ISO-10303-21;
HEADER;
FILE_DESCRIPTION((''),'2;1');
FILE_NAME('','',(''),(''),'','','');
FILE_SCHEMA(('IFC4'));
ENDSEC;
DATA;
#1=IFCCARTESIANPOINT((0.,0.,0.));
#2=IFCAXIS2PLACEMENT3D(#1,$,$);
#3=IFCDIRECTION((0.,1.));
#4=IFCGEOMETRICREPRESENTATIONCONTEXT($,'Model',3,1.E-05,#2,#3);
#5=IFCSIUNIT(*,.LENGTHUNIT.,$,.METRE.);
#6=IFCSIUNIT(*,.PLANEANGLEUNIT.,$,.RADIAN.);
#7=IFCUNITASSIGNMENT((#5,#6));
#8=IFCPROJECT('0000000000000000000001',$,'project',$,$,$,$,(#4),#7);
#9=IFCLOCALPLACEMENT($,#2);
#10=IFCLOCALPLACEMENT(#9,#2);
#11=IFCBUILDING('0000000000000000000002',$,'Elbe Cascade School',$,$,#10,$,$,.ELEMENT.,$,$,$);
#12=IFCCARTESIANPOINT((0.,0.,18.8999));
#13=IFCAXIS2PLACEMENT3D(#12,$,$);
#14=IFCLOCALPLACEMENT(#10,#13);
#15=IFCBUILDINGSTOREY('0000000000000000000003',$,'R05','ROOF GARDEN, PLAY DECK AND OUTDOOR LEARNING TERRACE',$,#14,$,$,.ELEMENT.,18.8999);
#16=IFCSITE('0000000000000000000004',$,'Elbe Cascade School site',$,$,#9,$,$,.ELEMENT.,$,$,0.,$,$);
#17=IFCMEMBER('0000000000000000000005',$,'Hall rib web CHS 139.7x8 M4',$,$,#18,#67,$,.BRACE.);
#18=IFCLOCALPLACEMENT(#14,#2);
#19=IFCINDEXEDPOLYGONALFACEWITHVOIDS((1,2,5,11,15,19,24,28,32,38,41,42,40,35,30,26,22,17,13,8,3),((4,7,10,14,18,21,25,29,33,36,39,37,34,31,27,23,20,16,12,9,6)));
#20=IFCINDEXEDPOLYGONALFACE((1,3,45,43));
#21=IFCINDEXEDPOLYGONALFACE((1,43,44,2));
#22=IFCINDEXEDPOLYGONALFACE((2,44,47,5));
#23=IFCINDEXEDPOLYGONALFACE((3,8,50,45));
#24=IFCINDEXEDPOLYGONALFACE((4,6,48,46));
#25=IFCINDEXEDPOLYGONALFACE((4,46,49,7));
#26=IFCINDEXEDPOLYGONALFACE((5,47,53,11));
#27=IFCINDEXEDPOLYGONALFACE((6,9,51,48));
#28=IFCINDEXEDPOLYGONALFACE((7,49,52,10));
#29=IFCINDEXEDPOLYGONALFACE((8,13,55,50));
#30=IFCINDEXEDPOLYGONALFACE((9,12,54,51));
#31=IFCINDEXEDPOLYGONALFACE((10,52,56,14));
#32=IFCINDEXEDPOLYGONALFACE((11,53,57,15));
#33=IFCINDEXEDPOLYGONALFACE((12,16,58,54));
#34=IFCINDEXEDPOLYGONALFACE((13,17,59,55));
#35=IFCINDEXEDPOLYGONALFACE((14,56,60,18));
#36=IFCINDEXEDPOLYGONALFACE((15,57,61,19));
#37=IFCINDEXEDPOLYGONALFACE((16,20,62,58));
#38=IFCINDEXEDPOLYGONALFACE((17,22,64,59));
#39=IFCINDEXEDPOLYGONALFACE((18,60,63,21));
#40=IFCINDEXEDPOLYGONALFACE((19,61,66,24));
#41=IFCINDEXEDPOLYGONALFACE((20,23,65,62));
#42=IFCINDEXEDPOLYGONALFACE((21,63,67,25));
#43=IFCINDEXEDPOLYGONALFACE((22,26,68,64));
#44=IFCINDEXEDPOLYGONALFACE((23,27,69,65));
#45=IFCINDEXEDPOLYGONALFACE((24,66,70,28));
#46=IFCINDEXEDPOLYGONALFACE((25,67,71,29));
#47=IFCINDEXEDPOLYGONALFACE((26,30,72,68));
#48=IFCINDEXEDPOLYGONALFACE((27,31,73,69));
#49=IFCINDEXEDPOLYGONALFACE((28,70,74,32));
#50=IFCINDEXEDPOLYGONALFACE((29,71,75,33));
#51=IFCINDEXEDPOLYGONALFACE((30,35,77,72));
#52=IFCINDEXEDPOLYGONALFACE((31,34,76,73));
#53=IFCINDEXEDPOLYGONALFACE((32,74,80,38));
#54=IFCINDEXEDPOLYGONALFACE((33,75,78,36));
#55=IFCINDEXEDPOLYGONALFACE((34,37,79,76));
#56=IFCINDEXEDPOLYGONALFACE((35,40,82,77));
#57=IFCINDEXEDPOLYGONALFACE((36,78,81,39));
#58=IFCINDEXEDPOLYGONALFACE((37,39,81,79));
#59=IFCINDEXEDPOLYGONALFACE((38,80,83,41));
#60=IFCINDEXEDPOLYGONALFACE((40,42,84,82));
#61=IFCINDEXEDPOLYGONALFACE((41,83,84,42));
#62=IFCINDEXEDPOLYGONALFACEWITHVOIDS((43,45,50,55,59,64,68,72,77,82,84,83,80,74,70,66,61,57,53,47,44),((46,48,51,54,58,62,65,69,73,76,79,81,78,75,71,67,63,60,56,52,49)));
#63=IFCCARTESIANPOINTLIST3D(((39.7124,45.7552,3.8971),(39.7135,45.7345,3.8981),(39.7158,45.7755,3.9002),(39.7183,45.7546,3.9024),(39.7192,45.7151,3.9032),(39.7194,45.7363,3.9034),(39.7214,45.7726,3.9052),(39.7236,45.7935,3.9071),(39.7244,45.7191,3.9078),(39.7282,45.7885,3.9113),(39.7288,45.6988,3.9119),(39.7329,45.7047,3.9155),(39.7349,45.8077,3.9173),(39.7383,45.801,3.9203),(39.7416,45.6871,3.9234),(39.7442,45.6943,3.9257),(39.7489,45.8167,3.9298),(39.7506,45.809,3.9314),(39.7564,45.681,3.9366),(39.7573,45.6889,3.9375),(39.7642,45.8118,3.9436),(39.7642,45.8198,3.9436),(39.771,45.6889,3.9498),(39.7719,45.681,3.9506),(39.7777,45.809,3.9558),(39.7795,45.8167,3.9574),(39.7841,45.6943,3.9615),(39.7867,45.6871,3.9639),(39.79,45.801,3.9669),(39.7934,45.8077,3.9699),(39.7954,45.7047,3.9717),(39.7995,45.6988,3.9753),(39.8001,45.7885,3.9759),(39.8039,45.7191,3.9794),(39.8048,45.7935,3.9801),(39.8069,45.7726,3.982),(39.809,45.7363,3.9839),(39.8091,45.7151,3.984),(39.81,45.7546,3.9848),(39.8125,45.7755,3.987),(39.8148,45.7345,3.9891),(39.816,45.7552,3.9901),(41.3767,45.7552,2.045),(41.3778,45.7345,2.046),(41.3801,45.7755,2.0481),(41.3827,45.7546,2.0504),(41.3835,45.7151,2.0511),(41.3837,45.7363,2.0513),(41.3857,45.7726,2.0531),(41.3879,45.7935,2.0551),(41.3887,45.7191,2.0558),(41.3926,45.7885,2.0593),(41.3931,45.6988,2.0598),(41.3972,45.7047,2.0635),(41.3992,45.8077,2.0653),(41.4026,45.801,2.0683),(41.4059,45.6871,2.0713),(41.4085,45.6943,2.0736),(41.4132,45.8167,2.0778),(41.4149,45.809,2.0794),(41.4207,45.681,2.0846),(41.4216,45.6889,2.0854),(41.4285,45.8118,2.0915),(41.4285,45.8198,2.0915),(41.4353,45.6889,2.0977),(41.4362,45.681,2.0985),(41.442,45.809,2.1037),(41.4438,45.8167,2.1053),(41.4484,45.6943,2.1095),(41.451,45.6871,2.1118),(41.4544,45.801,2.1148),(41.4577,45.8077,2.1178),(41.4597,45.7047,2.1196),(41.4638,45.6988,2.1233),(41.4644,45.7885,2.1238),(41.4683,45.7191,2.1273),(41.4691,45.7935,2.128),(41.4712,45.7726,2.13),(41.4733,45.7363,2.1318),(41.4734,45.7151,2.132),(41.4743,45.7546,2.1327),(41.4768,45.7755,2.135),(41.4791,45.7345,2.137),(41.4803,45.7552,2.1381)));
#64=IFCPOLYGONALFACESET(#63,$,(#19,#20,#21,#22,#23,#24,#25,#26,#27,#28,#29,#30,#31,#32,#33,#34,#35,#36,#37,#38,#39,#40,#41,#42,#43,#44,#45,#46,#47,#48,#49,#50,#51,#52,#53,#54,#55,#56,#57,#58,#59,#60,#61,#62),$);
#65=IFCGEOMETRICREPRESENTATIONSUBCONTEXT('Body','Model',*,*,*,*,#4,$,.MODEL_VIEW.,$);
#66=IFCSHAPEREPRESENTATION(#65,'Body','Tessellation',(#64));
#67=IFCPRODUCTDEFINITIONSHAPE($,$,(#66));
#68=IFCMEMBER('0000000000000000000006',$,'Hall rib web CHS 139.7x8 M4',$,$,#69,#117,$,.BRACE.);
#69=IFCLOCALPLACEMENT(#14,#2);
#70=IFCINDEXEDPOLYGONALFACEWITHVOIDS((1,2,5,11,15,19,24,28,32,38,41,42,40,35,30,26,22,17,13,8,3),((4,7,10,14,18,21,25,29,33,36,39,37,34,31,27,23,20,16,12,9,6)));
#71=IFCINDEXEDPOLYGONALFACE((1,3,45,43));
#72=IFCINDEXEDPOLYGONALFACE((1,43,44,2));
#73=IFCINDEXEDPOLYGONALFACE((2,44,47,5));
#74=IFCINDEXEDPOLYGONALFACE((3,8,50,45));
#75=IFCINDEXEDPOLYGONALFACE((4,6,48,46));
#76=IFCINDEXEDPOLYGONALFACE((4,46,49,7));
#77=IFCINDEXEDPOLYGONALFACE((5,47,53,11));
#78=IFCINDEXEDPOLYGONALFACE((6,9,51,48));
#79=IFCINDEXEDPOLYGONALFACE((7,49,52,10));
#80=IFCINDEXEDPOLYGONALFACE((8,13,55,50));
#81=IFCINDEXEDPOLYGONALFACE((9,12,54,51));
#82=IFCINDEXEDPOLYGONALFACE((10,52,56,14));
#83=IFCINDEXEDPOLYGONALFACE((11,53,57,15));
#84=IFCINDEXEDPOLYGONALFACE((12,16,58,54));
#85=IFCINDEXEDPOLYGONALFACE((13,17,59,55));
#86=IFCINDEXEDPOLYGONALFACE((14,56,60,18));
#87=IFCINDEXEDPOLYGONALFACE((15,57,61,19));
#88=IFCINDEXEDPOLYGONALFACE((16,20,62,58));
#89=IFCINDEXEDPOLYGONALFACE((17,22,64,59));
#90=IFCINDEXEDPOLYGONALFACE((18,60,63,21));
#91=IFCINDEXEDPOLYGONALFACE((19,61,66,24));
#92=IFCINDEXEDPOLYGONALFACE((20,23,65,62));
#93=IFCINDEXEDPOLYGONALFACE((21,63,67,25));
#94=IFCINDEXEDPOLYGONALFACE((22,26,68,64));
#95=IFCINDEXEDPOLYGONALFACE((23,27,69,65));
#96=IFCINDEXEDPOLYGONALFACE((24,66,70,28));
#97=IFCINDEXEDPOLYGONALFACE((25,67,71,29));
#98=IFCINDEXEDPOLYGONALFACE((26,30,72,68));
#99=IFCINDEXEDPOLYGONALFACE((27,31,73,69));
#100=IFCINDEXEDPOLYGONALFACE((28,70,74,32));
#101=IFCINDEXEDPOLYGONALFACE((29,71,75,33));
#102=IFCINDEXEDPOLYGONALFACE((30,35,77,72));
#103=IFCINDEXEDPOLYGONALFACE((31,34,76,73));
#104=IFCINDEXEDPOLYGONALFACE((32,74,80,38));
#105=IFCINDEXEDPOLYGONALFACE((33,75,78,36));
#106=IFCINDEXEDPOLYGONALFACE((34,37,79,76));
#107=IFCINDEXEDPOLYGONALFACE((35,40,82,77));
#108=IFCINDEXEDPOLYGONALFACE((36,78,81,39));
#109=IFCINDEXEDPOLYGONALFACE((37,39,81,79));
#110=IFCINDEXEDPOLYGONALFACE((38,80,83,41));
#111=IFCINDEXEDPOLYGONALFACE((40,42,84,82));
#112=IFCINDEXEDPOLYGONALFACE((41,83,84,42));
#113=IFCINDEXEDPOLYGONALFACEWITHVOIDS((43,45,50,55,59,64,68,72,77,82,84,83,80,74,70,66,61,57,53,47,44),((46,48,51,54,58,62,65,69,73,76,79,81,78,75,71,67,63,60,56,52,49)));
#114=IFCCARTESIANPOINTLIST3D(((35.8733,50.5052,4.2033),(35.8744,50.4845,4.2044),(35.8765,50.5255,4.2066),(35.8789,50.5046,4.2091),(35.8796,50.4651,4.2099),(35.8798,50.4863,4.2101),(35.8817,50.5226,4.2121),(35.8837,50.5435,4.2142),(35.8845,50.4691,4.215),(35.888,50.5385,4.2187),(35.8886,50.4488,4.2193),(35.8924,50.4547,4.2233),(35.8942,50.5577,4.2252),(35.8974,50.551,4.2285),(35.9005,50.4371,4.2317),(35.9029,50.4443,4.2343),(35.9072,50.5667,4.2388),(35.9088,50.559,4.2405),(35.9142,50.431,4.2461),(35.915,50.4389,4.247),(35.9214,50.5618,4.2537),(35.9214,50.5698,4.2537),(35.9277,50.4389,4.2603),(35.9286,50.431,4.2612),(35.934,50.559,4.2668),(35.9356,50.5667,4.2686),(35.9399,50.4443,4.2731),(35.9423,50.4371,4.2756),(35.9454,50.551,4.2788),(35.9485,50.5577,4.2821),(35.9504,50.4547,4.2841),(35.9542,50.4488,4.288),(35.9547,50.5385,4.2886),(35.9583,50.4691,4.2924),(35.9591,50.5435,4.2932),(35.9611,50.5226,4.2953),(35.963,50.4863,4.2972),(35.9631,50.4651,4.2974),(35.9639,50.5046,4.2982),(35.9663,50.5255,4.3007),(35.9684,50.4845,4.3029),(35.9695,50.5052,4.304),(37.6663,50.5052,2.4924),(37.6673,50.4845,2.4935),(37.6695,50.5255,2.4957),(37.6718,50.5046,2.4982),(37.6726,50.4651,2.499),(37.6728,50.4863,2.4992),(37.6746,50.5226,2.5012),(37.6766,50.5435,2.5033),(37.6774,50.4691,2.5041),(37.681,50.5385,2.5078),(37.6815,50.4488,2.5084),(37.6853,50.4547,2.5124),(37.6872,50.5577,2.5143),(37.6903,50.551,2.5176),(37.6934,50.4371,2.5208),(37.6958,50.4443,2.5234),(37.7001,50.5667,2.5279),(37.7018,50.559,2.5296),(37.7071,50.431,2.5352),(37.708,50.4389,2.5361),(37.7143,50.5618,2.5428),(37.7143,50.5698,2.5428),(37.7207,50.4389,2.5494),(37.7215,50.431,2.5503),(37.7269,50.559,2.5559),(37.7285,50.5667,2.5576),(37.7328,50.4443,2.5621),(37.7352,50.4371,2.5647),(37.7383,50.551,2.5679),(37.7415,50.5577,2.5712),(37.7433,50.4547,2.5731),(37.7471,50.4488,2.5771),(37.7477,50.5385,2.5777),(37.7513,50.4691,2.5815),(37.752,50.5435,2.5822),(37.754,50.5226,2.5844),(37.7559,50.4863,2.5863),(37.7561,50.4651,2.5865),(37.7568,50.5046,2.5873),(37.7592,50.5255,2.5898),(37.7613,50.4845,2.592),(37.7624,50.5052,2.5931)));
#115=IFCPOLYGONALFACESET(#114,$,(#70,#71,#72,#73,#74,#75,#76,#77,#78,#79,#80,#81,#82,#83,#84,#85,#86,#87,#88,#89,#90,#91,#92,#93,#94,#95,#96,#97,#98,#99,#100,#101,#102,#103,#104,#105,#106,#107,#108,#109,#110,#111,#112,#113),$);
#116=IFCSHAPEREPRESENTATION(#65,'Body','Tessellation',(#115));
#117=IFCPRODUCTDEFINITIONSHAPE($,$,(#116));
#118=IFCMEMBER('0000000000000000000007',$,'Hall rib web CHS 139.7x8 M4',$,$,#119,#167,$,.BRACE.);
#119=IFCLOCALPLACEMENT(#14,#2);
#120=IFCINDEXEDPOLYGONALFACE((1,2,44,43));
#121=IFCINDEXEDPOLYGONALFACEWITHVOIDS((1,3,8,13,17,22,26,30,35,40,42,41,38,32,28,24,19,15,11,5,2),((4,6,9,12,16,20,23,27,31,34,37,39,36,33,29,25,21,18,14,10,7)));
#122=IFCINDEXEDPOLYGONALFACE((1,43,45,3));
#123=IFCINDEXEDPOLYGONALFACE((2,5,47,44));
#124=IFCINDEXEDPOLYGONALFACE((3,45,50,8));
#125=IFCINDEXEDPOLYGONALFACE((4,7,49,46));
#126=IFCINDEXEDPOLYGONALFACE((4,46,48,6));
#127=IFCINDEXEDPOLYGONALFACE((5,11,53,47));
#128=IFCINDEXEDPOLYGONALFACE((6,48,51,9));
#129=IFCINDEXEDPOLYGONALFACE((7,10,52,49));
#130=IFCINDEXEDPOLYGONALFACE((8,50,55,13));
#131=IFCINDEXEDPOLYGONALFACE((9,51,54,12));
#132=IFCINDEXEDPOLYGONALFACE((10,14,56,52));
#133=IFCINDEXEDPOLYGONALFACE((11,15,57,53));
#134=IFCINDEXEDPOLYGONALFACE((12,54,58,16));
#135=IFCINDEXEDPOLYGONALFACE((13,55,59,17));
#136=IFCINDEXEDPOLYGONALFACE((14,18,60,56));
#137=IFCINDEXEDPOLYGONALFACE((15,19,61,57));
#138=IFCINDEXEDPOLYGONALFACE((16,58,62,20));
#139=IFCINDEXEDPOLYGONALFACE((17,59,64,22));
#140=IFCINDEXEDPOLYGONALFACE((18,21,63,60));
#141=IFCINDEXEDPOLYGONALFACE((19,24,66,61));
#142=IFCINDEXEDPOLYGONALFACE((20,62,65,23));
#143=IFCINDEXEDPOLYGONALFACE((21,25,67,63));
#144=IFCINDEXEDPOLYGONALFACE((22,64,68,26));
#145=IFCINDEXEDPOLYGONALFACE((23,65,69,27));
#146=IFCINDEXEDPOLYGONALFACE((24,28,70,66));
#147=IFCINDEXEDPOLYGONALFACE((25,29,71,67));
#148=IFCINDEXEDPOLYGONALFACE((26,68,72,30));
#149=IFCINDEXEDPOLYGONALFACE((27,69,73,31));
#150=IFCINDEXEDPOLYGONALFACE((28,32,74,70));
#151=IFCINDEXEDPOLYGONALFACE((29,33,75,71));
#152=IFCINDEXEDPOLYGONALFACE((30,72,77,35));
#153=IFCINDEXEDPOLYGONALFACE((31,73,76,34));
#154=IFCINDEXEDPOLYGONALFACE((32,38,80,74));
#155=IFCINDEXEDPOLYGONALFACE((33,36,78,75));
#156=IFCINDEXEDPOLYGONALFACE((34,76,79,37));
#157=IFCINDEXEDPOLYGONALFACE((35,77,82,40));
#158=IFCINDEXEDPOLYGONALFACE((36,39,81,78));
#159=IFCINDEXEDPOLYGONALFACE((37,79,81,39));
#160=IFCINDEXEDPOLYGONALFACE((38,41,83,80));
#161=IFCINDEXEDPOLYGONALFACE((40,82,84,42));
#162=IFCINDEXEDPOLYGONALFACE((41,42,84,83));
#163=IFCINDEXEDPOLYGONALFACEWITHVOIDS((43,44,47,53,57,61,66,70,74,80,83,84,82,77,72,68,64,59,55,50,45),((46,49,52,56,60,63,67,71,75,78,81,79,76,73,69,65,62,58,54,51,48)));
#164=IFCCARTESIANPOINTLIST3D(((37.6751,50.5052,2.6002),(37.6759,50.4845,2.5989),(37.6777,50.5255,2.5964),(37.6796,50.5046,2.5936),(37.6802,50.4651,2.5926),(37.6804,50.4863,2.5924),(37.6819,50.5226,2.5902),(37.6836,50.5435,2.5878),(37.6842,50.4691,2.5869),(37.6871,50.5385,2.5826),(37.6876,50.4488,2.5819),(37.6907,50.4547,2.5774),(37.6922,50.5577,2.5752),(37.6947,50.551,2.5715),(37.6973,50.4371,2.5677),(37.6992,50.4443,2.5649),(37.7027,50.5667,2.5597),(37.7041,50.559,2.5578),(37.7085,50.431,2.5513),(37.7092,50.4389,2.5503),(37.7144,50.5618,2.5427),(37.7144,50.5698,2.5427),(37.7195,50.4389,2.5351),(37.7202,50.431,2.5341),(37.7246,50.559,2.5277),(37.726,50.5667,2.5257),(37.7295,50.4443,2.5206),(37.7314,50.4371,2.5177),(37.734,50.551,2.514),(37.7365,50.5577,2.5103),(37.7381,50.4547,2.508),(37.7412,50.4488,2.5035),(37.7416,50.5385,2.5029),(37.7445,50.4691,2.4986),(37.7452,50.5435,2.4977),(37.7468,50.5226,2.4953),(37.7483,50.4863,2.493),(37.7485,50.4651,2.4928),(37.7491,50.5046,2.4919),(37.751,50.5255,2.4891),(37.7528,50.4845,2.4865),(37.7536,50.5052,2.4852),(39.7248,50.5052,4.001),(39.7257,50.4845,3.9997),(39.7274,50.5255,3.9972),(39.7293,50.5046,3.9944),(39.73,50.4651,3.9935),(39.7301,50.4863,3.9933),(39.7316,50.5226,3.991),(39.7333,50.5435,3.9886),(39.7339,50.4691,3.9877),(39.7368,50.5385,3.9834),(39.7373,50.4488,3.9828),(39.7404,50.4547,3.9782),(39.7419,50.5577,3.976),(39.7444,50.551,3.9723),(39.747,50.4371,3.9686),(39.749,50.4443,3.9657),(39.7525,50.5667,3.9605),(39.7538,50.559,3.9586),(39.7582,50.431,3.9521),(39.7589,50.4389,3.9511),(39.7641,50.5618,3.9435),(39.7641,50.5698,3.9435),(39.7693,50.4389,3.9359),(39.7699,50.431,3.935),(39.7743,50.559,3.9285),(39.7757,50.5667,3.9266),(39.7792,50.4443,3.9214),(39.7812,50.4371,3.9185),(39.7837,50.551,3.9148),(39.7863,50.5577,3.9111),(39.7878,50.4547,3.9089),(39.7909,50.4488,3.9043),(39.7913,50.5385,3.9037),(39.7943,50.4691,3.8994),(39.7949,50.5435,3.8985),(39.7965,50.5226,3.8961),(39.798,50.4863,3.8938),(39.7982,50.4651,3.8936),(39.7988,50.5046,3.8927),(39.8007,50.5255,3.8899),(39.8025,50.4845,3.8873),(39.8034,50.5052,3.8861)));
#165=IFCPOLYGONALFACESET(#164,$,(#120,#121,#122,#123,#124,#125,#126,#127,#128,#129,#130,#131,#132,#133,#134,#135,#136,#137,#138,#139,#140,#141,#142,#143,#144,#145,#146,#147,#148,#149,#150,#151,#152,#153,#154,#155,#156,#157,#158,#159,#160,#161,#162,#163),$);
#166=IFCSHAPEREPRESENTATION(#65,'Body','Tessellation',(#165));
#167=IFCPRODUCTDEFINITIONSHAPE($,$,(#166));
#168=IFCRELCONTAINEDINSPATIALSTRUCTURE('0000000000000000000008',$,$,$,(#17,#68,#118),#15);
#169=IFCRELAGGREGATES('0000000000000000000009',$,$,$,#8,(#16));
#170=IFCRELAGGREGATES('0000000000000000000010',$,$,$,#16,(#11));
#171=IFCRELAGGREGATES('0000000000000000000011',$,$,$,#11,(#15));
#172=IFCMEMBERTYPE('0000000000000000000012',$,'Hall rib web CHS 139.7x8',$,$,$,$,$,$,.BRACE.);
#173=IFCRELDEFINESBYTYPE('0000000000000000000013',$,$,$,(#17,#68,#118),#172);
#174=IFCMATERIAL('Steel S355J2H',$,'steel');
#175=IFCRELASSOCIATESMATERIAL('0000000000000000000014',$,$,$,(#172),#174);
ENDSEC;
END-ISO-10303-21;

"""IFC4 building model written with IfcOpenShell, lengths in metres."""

from ifc_helpers import new_model, si_unit, direction, frame, origin, origin_2d, place, context, subcontext, project, spatial, hollow_circle, extrude, material, material_profile, profile_set, type_object, element, save


model = new_model("IFC4")

# Units and contexts
model_context = context("Model", 3, precision=1e-05, world=origin(), true_north=direction((0.0, 1.0)))
body_context = subcontext(model_context, "Body", "Model", "MODEL_VIEW")
ifc_project = project(units=[si_unit("LENGTHUNIT", "METRE"), si_unit("PLANEANGLEUNIT", "RADIAN")], contexts=[model_context])

# Site, building, storey
site_placement = place(None, origin())
site = spatial("IfcSite", under=ifc_project, at=site_placement, Name="Elbe Cascade School site", CompositionType="ELEMENT", RefElevation=0.0)
building_placement = place(site_placement, origin())
building = spatial("IfcBuilding", under=site, at=building_placement, Name="Elbe Cascade School", CompositionType="ELEMENT")
storey_placement = place(building_placement, frame((0.0, 0.0, 18.8999)))
storey = spatial("IfcBuildingStorey", under=building, at=storey_placement, Name="R05", Description="ROOF GARDEN, PLAY DECK AND OUTDOOR LEARNING TERRACE", CompositionType="ELEMENT", Elevation=18.8999)

# Members
ifc_material_1 = material(Name="Steel S355J2H", Category="steel")
ifc_material_profile_1 = material_profile(ifc_material_1, hollow_circle(Radius=0.0698, WallThickness=0.0081, at=origin_2d()), Name="CHS 139.7x8")
ifc_profile_set_1 = profile_set([ifc_material_profile_1], Name="Steel S355J2H")
member_type_1 = type_object("IfcMemberType", Name="Hall rib web CHS 139.7x8", PredefinedType="BRACE", material=ifc_profile_set_1)
member_1_placement = place(storey_placement, frame((39.7642, 45.75, 3.9436), z_axis=(0.668401, 0.0, -0.743801), x_axis=(0.0, 1.0, 0.0)))
element("IfcMember", 1, at=member_1_placement, inside=storey, type_object=member_type_1, Name="Hall rib web CHS 139.7x8 M4", PredefinedType="BRACE", context=body_context, shape_type="SweptSolid", body=[
    extrude(hollow_circle(Radius=0.0698, WallThickness=0.0081, at=origin_2d()), origin(), (0.0, 0.0, 1.0), 2.49),
])
member_2_placement = place(storey_placement, frame((35.9214, 50.5, 4.2537), z_axis=(0.723463, 0.0, -0.690363), x_axis=(0.0, 1.0, 0.0)))
element("IfcMember", 2, at=member_2_placement, inside=storey, type_object=member_type_1, Name="Hall rib web CHS 139.7x8 M4", PredefinedType="BRACE", context=body_context, shape_type="SweptSolid", body=[
    extrude(hollow_circle(Radius=0.0698, WallThickness=0.0081, at=origin_2d()), origin(), (0.0, 0.0, 1.0), 2.4783),
])
member_3_placement = place(storey_placement, frame((37.7144, 50.5, 2.5427), z_axis=(0.825611, 0.0, 0.56424), x_axis=(0.0, 1.0, 0.0)))
element("IfcMember", 3, at=member_3_placement, inside=storey, type_object=member_type_1, Name="Hall rib web CHS 139.7x8 M4", PredefinedType="BRACE", context=body_context, shape_type="SweptSolid", body=[
    extrude(hollow_circle(Radius=0.0698, WallThickness=0.0081, at=origin_2d()), origin(), (0.0, 0.0, 1.0), 2.4827),
])

save(model, "model.ifc")
